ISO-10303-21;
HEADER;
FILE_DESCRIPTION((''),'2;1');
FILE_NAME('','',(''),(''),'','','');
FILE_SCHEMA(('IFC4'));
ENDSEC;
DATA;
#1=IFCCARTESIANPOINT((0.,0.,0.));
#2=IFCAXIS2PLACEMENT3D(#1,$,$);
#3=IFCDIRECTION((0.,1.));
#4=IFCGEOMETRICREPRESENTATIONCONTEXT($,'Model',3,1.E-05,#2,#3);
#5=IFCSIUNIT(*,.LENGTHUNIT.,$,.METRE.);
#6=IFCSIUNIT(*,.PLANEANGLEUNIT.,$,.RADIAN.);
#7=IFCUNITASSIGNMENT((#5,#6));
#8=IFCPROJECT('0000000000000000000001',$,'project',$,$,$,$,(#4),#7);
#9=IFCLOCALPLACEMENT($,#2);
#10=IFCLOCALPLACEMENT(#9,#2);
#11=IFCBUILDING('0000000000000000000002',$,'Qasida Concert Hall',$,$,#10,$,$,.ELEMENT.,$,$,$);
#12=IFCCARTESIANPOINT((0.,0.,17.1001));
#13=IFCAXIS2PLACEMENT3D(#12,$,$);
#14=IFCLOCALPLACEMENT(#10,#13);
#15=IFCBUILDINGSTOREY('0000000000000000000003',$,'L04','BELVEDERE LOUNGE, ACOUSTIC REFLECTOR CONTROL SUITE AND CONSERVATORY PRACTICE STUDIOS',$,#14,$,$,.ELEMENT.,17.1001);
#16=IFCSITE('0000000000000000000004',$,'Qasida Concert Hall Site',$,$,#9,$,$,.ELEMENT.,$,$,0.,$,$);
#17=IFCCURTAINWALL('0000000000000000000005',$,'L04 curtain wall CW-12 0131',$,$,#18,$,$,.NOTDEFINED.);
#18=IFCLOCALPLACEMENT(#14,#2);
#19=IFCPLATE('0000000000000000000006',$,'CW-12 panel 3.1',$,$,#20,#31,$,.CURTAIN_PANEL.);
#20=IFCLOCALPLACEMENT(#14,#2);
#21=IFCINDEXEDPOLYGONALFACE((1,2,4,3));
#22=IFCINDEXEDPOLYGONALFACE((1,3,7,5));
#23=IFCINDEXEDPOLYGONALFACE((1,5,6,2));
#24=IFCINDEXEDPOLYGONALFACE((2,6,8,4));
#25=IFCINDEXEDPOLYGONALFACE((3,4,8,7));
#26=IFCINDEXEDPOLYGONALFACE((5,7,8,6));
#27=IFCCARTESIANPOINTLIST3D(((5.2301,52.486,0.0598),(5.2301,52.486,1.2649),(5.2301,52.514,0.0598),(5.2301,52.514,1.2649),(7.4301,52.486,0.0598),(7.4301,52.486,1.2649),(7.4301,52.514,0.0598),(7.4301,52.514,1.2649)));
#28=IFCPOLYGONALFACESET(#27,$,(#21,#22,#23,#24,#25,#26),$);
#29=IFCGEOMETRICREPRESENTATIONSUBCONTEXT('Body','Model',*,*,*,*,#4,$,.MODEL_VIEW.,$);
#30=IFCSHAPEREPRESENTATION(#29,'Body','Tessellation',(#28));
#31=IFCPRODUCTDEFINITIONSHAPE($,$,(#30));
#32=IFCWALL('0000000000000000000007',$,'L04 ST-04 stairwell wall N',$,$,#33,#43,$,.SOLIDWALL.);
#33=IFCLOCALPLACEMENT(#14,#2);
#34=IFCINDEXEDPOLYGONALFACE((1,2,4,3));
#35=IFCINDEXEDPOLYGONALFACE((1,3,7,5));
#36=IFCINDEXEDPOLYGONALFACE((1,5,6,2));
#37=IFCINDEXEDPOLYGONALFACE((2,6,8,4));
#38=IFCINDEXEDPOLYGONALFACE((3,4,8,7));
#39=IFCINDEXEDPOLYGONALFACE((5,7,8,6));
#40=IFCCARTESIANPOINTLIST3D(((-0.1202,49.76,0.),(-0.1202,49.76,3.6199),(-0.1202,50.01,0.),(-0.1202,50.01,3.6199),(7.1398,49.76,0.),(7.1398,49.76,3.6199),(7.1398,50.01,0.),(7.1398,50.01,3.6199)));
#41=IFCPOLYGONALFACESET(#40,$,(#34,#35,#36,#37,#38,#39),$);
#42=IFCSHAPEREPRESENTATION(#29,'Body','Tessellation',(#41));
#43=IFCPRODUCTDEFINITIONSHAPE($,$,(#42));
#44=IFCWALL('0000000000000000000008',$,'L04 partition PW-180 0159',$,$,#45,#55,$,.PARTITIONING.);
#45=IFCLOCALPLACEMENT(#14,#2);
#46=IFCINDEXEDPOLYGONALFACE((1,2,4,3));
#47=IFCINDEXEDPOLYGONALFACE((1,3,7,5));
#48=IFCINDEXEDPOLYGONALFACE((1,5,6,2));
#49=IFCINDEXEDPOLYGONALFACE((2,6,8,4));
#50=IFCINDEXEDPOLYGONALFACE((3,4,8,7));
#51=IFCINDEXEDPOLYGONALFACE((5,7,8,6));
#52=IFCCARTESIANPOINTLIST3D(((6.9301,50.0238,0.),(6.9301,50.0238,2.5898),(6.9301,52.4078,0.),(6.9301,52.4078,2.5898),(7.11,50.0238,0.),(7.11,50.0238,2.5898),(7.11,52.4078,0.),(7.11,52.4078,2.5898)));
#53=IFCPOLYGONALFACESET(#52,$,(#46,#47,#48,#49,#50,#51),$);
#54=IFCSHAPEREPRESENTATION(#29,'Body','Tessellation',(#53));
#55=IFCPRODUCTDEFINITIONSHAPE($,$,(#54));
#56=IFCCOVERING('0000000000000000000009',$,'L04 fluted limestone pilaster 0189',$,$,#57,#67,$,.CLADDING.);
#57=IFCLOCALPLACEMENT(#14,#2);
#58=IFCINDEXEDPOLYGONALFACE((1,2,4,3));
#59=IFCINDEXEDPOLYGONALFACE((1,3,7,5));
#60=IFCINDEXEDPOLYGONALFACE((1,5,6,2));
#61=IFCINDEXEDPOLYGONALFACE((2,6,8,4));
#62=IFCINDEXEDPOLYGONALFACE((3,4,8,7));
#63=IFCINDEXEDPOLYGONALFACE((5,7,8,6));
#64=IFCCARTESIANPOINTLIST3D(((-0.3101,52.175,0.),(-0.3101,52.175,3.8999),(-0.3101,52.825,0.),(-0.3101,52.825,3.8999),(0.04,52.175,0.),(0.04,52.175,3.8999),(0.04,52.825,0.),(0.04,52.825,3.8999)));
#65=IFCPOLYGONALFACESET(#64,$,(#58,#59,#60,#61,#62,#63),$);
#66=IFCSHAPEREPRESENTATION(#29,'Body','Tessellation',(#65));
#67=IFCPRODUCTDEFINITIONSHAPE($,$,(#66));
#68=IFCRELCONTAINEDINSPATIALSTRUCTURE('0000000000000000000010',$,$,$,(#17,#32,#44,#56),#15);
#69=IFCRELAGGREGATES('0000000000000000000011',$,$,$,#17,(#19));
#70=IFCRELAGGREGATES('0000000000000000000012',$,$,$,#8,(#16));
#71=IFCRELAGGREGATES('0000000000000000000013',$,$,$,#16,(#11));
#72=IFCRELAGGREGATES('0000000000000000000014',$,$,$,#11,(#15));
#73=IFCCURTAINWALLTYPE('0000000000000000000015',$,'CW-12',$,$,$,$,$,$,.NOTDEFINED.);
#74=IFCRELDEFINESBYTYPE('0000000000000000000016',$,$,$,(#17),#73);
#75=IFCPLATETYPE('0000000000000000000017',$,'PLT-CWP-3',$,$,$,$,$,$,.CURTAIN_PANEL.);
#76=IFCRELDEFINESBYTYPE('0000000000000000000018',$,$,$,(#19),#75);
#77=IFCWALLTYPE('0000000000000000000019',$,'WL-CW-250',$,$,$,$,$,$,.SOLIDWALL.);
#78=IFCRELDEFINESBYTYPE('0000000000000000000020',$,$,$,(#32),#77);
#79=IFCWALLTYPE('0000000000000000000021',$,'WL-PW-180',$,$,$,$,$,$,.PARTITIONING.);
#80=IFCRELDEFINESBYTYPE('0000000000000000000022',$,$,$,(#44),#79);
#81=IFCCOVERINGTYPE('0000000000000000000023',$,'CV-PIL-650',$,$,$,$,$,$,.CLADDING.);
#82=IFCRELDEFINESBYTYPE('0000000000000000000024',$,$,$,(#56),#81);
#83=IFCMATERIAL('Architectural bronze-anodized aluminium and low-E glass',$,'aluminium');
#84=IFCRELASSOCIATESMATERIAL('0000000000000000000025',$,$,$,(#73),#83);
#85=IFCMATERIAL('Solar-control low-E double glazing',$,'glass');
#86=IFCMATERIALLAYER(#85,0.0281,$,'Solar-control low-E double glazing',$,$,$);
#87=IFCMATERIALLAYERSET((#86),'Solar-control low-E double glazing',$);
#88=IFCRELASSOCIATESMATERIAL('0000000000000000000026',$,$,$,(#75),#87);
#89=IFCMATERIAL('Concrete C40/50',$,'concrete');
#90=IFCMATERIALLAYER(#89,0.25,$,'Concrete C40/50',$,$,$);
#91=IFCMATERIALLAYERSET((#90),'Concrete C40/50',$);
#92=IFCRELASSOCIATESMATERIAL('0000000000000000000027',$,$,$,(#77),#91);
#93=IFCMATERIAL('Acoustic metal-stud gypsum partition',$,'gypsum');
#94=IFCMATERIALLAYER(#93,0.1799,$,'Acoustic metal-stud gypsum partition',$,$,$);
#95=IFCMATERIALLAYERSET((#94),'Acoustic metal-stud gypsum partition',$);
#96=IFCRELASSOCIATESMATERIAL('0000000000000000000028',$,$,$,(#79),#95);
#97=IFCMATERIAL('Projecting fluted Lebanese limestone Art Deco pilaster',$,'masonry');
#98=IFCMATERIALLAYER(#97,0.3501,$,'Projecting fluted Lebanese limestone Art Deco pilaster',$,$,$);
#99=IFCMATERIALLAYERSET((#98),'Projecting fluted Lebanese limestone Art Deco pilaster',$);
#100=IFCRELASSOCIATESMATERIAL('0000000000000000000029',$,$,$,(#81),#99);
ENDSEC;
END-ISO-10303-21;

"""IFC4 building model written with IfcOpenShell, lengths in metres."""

from ifc_helpers import new_model, si_unit, direction, frame, frame_2d, origin, origin_2d, place, context, subcontext, project, spatial, rectangle, extrude, material, layer, layer_set, type_object, element, aggregate, save


model = new_model("IFC4")

# Units and contexts
model_context = context("Model", 3, precision=1e-05, world=origin(), true_north=direction((0.0, 1.0)))
body_context = subcontext(model_context, "Body", "Model", "MODEL_VIEW")
ifc_project = project(units=[si_unit("LENGTHUNIT", "METRE"), si_unit("PLANEANGLEUNIT", "RADIAN")], contexts=[model_context])

# Site, building, storey
site_placement = place(None, origin())
site = spatial("IfcSite", under=ifc_project, at=site_placement, Name="Qasida Concert Hall Site", CompositionType="ELEMENT", RefElevation=0.0)
building_placement = place(site_placement, origin())
building = spatial("IfcBuilding", under=site, at=building_placement, Name="Qasida Concert Hall", CompositionType="ELEMENT")
storey_placement = place(building_placement, frame((0.0, 0.0, 17.1001)))
storey = spatial("IfcBuildingStorey", under=building, at=storey_placement, Name="L04", Description="BELVEDERE LOUNGE, ACOUSTIC REFLECTOR CONTROL SUITE AND CONSERVATORY PRACTICE STUDIOS", CompositionType="ELEMENT", Elevation=17.1001)

# Shared definitions
ifc_material_1 = material(Name="Concrete C40/50", Category="concrete")

# Curtain wall, plate
ifc_material_2 = material(Name="Architectural bronze-anodized aluminium and low-E glass", Category="aluminium")
curtain_wall_type = type_object("IfcCurtainWallType", Name="CW-12", PredefinedType="NOTDEFINED", material=ifc_material_2)
curtain_wall_placement = place(storey_placement, origin())
curtain_wall = element("IfcCurtainWall", 1, at=curtain_wall_placement, inside=storey, type_object=curtain_wall_type, Name="L04 curtain wall CW-12 0131", PredefinedType="NOTDEFINED")
ifc_material_3 = material(Name="Solar-control low-E double glazing", Category="glass")
ifc_layer_1 = layer(ifc_material_3, 0.0281, Name="Solar-control low-E double glazing")
ifc_layer_set_1 = layer_set([ifc_layer_1], Name="Solar-control low-E double glazing")
plate_type = type_object("IfcPlateType", Name="PLT-CWP-3", PredefinedType="CURTAIN_PANEL", material=ifc_layer_set_1)
plate_1_placement = place(storey_placement, frame((6.3301, 52.5, 0.0598), z_axis=(0.0, 0.0, 1.0), x_axis=(1.0, 0.0, 0.0)))
plate_1 = element("IfcPlate", 2, at=plate_1_placement, type_object=plate_type, Name="CW-12 panel 3.1", PredefinedType="CURTAIN_PANEL", context=body_context, shape_type="SweptSolid", body=[
    extrude(rectangle(XDim=2.2, YDim=0.0281, at=origin_2d()), origin(), (0.0, 0.0, 1.0), 1.2051),
])
aggregate(curtain_wall, [plate_1])

# Walls
ifc_layer_2 = layer(ifc_material_1, 0.25, Name="Concrete C40/50")
ifc_layer_set_2 = layer_set([ifc_layer_2], Name="Concrete C40/50")
wall_type_1 = type_object("IfcWallType", Name="WL-CW-250", PredefinedType="SOLIDWALL", material=ifc_layer_set_2)
wall_1_placement = place(storey_placement, frame((-0.1201, 49.885, 0.0), z_axis=(0.0, 0.0, 1.0), x_axis=(1.0, 0.0, 0.0)))
element("IfcWall", 3, at=wall_1_placement, inside=storey, type_object=wall_type_1, Name="L04 ST-04 stairwell wall N", PredefinedType="SOLIDWALL", context=body_context, shape_type="SweptSolid", body=[
    extrude(rectangle(XDim=7.26, YDim=0.25, at=frame_2d((3.6299, 0.0))), origin(), (0.0, 0.0, 1.0), 3.6199),
])
ifc_material_4 = material(Name="Acoustic metal-stud gypsum partition", Category="gypsum")
ifc_layer_3 = layer(ifc_material_4, 0.1799, Name="Acoustic metal-stud gypsum partition")
ifc_layer_set_3 = layer_set([ifc_layer_3], Name="Acoustic metal-stud gypsum partition")
wall_type_2 = type_object("IfcWallType", Name="WL-PW-180", PredefinedType="PARTITIONING", material=ifc_layer_set_3)
wall_2_placement = place(storey_placement, frame((7.02, 50.0239, 0.0), z_axis=(0.0, 0.0, 1.0), x_axis=(0.0, 1.0, 0.0)))
element("IfcWall", 4, at=wall_2_placement, inside=storey, type_object=wall_type_2, Name="L04 partition PW-180 0159", PredefinedType="PARTITIONING", context=body_context, shape_type="SweptSolid", body=[
    extrude(rectangle(XDim=2.384, YDim=0.1799, at=frame_2d((1.1919, 0.0))), origin(), (0.0, 0.0, 1.0), 2.5898),
])

# Covering
ifc_material_5 = material(Name="Projecting fluted Lebanese limestone Art Deco pilaster", Category="masonry")
ifc_layer_4 = layer(ifc_material_5, 0.3501, Name="Projecting fluted Lebanese limestone Art Deco pilaster")
ifc_layer_set_4 = layer_set([ifc_layer_4], Name="Projecting fluted Lebanese limestone Art Deco pilaster")
covering_type = type_object("IfcCoveringType", Name="CV-PIL-650", PredefinedType="CLADDING", material=ifc_layer_set_4)
covering_placement = place(storey_placement, frame((-0.135, 52.5, 0.0), z_axis=(0.0, 0.0, 1.0), x_axis=(1.0, 0.0, 0.0)))
element("IfcCovering", 5, at=covering_placement, inside=storey, type_object=covering_type, Name="L04 fluted limestone pilaster 0189", PredefinedType="CLADDING", context=body_context, shape_type="SweptSolid", body=[
    extrude(rectangle(XDim=0.3501, YDim=0.6499, at=origin_2d()), origin(), (0.0, 0.0, 1.0), 3.8999),
])

save(model, "model.ifc")
